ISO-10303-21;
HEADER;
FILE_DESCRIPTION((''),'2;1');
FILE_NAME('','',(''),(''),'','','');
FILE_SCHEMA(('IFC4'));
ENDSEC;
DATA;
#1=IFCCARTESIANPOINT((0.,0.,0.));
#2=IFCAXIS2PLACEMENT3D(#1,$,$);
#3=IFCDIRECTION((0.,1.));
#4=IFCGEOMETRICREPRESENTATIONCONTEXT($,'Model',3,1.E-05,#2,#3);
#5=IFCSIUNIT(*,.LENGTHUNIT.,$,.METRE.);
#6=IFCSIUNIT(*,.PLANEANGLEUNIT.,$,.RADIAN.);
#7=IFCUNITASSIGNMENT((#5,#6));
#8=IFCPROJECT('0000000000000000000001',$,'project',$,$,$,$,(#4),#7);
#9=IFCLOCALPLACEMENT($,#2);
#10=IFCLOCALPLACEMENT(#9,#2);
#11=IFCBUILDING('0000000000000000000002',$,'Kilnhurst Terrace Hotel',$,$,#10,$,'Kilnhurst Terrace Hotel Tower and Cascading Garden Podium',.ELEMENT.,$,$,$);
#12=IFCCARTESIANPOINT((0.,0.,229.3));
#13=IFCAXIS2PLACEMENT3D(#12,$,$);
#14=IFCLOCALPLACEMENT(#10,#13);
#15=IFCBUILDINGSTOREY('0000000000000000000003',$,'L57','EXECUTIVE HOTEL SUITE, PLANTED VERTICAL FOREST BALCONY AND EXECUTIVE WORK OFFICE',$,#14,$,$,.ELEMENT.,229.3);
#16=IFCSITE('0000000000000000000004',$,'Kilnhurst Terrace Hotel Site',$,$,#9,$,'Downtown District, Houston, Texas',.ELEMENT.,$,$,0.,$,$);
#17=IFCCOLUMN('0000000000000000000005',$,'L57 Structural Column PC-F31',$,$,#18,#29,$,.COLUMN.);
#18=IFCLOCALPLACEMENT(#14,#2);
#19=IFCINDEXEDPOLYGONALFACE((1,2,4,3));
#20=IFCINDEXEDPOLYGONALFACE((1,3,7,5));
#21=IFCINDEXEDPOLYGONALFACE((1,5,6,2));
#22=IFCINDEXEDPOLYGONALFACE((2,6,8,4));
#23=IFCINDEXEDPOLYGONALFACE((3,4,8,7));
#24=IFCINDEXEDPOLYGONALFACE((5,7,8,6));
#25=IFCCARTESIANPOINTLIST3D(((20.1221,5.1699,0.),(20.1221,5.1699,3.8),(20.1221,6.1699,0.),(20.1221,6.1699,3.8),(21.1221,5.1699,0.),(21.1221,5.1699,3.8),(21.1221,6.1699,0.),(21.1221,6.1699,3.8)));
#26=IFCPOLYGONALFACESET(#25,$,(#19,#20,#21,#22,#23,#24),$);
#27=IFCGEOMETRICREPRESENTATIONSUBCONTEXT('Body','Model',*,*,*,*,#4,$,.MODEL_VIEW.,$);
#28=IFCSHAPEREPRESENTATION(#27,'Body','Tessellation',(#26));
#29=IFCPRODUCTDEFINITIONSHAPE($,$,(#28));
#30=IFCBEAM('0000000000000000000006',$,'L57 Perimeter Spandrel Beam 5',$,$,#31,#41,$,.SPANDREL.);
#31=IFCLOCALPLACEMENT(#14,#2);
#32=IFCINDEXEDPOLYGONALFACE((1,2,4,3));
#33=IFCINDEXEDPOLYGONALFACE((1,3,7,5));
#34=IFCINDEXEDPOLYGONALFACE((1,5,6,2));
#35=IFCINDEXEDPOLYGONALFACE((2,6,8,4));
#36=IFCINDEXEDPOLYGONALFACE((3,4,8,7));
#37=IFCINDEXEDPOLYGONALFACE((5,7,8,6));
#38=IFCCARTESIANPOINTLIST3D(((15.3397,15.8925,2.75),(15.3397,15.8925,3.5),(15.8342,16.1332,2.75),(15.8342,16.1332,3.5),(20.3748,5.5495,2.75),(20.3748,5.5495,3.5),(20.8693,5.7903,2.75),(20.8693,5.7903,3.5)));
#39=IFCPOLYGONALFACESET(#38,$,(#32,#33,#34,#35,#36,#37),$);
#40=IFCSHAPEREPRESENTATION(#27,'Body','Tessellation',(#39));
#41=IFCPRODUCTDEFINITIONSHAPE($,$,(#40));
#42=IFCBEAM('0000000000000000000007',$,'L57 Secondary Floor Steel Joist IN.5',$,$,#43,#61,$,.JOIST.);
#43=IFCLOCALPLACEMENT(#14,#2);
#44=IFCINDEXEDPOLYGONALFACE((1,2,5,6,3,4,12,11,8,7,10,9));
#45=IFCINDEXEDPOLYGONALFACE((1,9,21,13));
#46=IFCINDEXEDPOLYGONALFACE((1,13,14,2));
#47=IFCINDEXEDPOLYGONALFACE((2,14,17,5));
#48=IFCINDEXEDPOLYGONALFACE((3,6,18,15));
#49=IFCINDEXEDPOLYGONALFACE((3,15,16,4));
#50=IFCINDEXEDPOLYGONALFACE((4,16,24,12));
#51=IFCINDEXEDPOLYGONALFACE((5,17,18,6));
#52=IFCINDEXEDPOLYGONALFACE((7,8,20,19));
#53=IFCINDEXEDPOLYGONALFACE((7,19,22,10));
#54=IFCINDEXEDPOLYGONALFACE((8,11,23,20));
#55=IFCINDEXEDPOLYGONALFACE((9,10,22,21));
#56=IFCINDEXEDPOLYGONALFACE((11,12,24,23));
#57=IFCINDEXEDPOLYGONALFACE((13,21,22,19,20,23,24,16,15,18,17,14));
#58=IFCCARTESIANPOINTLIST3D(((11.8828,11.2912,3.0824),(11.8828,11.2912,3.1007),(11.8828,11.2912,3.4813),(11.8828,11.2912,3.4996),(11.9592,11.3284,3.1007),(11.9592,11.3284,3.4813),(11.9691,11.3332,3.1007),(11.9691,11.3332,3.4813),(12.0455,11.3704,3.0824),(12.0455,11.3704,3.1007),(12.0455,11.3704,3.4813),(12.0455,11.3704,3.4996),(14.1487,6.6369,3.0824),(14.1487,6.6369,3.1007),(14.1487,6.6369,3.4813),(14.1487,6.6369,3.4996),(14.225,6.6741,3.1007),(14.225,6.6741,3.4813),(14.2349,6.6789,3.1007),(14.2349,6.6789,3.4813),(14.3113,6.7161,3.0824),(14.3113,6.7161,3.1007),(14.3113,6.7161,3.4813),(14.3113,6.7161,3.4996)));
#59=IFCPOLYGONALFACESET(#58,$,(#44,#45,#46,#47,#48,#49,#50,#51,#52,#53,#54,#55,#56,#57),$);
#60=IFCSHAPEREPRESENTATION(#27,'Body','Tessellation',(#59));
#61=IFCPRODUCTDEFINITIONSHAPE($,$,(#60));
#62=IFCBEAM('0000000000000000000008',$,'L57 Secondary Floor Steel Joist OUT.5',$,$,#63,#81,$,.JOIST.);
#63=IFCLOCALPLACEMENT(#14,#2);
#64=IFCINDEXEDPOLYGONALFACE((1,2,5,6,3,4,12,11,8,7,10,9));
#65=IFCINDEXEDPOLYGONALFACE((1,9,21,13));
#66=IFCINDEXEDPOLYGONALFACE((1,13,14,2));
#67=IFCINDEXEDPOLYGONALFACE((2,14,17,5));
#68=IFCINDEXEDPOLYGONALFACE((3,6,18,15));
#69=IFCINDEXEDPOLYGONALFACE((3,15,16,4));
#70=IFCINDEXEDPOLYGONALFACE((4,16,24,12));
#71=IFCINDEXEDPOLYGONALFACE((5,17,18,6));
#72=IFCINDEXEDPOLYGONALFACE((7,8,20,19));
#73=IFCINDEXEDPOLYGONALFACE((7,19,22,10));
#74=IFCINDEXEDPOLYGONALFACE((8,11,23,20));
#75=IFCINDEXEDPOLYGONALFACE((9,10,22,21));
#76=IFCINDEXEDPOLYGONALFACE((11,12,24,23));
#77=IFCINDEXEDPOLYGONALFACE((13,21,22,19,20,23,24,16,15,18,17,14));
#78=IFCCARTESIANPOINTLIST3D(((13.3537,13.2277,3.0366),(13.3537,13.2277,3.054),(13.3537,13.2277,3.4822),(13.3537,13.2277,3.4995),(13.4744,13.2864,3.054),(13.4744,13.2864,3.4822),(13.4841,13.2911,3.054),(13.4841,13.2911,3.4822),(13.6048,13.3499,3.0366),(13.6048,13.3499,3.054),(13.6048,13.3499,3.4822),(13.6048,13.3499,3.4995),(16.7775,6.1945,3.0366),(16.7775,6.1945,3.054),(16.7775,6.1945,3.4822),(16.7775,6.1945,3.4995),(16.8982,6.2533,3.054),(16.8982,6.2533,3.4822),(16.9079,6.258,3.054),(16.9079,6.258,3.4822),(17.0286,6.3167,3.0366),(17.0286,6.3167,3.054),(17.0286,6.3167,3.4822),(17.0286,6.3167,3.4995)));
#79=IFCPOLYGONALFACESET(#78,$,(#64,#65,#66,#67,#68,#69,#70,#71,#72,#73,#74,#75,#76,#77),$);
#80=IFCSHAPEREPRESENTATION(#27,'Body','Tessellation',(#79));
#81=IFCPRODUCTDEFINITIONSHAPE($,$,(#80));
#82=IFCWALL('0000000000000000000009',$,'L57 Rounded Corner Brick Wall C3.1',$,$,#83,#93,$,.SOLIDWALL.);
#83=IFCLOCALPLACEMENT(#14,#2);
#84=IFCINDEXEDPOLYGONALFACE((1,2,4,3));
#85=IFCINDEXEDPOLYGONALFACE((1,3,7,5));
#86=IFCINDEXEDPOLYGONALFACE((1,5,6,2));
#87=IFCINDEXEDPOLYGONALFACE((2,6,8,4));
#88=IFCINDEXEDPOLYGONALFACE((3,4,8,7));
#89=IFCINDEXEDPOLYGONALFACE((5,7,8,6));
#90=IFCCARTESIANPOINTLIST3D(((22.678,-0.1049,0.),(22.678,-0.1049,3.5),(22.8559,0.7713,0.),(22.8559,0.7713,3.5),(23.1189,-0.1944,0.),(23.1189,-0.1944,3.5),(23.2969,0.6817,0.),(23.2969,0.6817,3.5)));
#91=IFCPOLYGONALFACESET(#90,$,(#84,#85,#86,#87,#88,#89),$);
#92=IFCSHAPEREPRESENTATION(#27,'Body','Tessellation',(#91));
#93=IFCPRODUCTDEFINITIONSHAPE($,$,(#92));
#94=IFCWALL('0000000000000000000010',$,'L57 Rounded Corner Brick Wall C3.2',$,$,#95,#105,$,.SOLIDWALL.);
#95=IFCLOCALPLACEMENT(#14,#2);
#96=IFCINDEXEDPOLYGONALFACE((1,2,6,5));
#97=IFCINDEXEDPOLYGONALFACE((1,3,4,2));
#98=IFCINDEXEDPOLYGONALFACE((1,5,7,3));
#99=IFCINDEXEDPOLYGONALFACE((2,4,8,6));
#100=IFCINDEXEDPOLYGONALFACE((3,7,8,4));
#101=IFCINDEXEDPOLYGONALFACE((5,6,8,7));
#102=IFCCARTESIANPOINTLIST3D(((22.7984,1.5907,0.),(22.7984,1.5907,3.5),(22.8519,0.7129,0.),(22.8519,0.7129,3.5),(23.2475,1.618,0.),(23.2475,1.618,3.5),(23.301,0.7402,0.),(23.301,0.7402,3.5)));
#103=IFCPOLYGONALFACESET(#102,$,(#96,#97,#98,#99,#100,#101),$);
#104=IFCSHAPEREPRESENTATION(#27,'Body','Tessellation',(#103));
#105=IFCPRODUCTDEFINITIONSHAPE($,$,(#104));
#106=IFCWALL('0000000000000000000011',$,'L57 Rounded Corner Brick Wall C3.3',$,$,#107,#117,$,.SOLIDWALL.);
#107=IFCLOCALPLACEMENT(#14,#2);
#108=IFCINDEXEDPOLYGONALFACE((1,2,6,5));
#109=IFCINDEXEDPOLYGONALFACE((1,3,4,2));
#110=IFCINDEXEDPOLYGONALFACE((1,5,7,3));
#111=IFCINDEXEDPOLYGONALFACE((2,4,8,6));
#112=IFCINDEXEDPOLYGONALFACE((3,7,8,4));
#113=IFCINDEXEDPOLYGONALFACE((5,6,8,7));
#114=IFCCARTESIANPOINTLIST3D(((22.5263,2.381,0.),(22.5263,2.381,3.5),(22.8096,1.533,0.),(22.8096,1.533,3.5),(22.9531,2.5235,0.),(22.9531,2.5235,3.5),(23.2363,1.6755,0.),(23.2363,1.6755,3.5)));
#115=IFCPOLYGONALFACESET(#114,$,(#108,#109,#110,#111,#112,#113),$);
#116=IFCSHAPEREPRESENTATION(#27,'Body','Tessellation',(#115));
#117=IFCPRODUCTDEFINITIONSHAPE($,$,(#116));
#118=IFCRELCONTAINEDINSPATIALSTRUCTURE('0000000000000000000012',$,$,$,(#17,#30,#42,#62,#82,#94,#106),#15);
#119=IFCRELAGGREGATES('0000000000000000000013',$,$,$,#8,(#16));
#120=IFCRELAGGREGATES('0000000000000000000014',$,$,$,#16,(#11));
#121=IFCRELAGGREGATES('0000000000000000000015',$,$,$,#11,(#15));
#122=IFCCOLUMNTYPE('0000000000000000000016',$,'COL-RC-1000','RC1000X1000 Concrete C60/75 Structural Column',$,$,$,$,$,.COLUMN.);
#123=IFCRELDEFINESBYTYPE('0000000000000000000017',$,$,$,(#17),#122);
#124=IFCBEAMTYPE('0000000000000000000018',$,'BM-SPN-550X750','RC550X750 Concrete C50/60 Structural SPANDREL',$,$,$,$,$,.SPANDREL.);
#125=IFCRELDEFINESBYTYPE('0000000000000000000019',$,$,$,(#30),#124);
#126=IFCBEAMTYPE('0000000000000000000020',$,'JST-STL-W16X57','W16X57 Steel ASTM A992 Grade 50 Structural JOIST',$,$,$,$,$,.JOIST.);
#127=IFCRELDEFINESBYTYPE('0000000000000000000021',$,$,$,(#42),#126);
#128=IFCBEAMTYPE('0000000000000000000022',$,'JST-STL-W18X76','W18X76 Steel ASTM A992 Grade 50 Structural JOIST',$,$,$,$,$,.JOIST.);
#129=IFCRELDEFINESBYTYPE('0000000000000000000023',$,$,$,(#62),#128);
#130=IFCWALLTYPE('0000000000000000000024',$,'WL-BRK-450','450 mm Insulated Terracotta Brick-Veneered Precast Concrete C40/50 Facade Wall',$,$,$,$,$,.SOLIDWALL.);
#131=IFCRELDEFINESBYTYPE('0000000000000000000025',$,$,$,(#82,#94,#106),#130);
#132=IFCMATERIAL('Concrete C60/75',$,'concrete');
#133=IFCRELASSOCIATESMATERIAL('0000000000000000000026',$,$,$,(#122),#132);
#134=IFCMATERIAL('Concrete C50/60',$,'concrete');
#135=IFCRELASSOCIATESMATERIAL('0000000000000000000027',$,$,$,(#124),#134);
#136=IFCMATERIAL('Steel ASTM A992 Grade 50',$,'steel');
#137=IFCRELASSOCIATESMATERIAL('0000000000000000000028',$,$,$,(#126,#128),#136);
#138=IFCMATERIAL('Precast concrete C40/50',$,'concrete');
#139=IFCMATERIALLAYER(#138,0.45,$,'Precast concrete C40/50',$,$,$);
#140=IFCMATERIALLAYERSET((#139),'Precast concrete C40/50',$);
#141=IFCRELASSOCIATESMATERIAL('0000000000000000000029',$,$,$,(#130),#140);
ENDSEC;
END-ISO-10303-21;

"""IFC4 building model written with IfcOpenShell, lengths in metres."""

from ifc_helpers import new_model, si_unit, direction, frame, frame_2d, origin, origin_2d, place, context, subcontext, project, spatial, rectangle, i_section, extrude, material, layer, layer_set, material_profile, profile_set, type_object, element, save


model = new_model("IFC4")

# Units and contexts
model_context = context("Model", 3, precision=1e-05, world=origin(), true_north=direction((0.0, 1.0)))
body_context = subcontext(model_context, "Body", "Model", "MODEL_VIEW")
ifc_project = project(units=[si_unit("LENGTHUNIT", "METRE"), si_unit("PLANEANGLEUNIT", "RADIAN")], contexts=[model_context])

# Site, building, storey
site_placement = place(None, origin())
site = spatial("IfcSite", under=ifc_project, at=site_placement, Name="Kilnhurst Terrace Hotel Site", LongName="Downtown District, Houston, Texas", CompositionType="ELEMENT", RefElevation=0.0)
building_placement = place(site_placement, origin())
building = spatial("IfcBuilding", under=site, at=building_placement, Name="Kilnhurst Terrace Hotel", LongName="Kilnhurst Terrace Hotel Tower and Cascading Garden Podium", CompositionType="ELEMENT")
storey_placement = place(building_placement, frame((0.0, 0.0, 229.3)))
storey = spatial("IfcBuildingStorey", under=building, at=storey_placement, Name="L57", Description="EXECUTIVE HOTEL SUITE, PLANTED VERTICAL FOREST BALCONY AND EXECUTIVE WORK OFFICE", CompositionType="ELEMENT", Elevation=229.3)

# Column
ifc_material_1 = material(Name="Concrete C60/75", Category="concrete")
ifc_material_profile_1 = material_profile(ifc_material_1, rectangle(XDim=1.0, YDim=1.0, at=origin_2d()), Name="RC1000X1000")
ifc_profile_set_1 = profile_set([ifc_material_profile_1], Name="Concrete C60/75")
column_type = type_object("IfcColumnType", Name="COL-RC-1000", Description="RC1000X1000 Concrete C60/75 Structural Column", PredefinedType="COLUMN", material=ifc_profile_set_1)
column_placement = place(storey_placement, frame((20.6221, 5.6699, 0.0), z_axis=(0.0, 0.0, 1.0), x_axis=(1.0, 0.0, 0.0)))
element("IfcColumn", 1, at=column_placement, inside=storey, type_object=column_type, Name="L57 Structural Column PC-F31", PredefinedType="COLUMN", context=body_context, shape_type="SweptSolid", body=[
    extrude(rectangle(XDim=1.0, YDim=1.0, at=origin_2d()), origin(), (0.0, 0.0, 1.0), 3.8),
])

# Beams
ifc_material_2 = material(Name="Concrete C50/60", Category="concrete")
ifc_material_profile_2 = material_profile(ifc_material_2, rectangle(XDim=0.55, YDim=0.75, at=origin_2d()), Name="RC550X750")
ifc_profile_set_2 = profile_set([ifc_material_profile_2], Name="Concrete C50/60")
beam_type_1 = type_object("IfcBeamType", Name="BM-SPN-550X750", Description="RC550X750 Concrete C50/60 Structural SPANDREL", PredefinedType="SPANDREL", material=ifc_profile_set_2)
beam_1_placement = place(storey_placement, frame((20.6221, 5.6699, 3.125), z_axis=(-0.437706, 0.899118, 0.0), x_axis=(-0.899118, -0.437706, 0.0)))
element("IfcBeam", 2, at=beam_1_placement, inside=storey, type_object=beam_type_1, Name="L57 Perimeter Spandrel Beam 5", PredefinedType="SPANDREL", context=body_context, shape_type="SweptSolid", body=[
    extrude(rectangle(XDim=0.55, YDim=0.75, at=origin_2d()), origin(), (0.0, 0.0, 1.0), 11.5034),
])
ifc_material_3 = material(Name="Steel ASTM A992 Grade 50", Category="steel")
ifc_material_profile_3 = material_profile(ifc_material_3, i_section(OverallWidth=0.1809, OverallDepth=0.4172, WebThickness=0.011, FlangeThickness=0.0183, at=origin_2d()), Name="W16X57")
ifc_profile_set_3 = profile_set([ifc_material_profile_3], Name="Steel ASTM A992 Grade 50")
beam_type_2 = type_object("IfcBeamType", Name="JST-STL-W16X57", Description="W16X57 Steel ASTM A992 Grade 50 Structural JOIST", PredefinedType="JOIST", material=ifc_profile_set_3)
beam_2_placement = place(storey_placement, frame((14.23, 6.6765, 3.291), z_axis=(-0.437718, 0.899112, 0.0), x_axis=(-0.899112, -0.437718, 0.0)))
element("IfcBeam", 3, at=beam_2_placement, inside=storey, type_object=beam_type_2, Name="L57 Secondary Floor Steel Joist IN.5", PredefinedType="JOIST", context=body_context, shape_type="SweptSolid", body=[
    extrude(i_section(OverallWidth=0.1809, OverallDepth=0.4172, WebThickness=0.011, FlangeThickness=0.0183, at=origin_2d()), origin(), (0.0, 0.0, 1.0), 5.1765),
])
ifc_material_profile_4 = material_profile(ifc_material_3, i_section(OverallWidth=0.2793, OverallDepth=0.4629, WebThickness=0.0107, FlangeThickness=0.0173, at=origin_2d()), Name="W18X76")
ifc_profile_set_4 = profile_set([ifc_material_profile_4], Name="Steel ASTM A992 Grade 50")
beam_type_3 = type_object("IfcBeamType", Name="JST-STL-W18X76", Description="W18X76 Steel ASTM A992 Grade 50 Structural JOIST", PredefinedType="JOIST", material=ifc_profile_set_4)
beam_3_placement = place(storey_placement, frame((16.9031, 6.2556, 3.2681), z_axis=(-0.4377, 0.899121, 0.0), x_axis=(-0.899121, -0.4377, 0.0)))
element("IfcBeam", 4, at=beam_3_placement, inside=storey, type_object=beam_type_3, Name="L57 Secondary Floor Steel Joist OUT.5", PredefinedType="JOIST", context=body_context, shape_type="SweptSolid", body=[
    extrude(i_section(OverallWidth=0.2793, OverallDepth=0.4629, WebThickness=0.0107, FlangeThickness=0.0173, at=origin_2d()), origin(), (0.0, 0.0, 1.0), 7.8223),
])

# Walls
ifc_material_4 = material(Name="Precast concrete C40/50", Category="concrete")
ifc_layer_1 = layer(ifc_material_4, 0.45, Name="Precast concrete C40/50")
ifc_layer_set_1 = layer_set([ifc_layer_1], Name="Precast concrete C40/50")
wall_type_1 = type_object("IfcWallType", Name="WL-BRK-450", Description="450 mm Insulated Terracotta Brick-Veneered Precast Concrete C40/50 Facade Wall", PredefinedType="SOLIDWALL", material=ifc_layer_set_1)
wall_1_placement = place(storey_placement, frame((22.8984, -0.1497, 0.0), z_axis=(0.0, 0.0, 1.0), x_axis=(0.199056, 0.979988, 0.0)))
element("IfcWall", 5, at=wall_1_placement, inside=storey, type_object=wall_type_1, Name="L57 Rounded Corner Brick Wall C3.1", PredefinedType="SOLIDWALL", context=body_context, shape_type="SweptSolid", body=[
    extrude(rectangle(XDim=0.894, YDim=0.45, at=frame_2d((0.447, 0.0))), origin(), (0.0, 0.0, 1.0), 3.5),
])
wall_2_placement = place(storey_placement, frame((23.0764, 0.7266, 0.0), z_axis=(0.0, 0.0, 1.0), x_axis=(-0.060805, 0.99815, 0.0)))
element("IfcWall", 6, at=wall_2_placement, inside=storey, type_object=wall_type_1, Name="L57 Rounded Corner Brick Wall C3.2", PredefinedType="SOLIDWALL", context=body_context, shape_type="SweptSolid", body=[
    extrude(rectangle(XDim=0.8794, YDim=0.45, at=frame_2d((0.4397, 0.0))), origin(), (0.0, 0.0, 1.0), 3.5),
])
wall_3_placement = place(storey_placement, frame((23.0229, 1.6042, 0.0), z_axis=(0.0, 0.0, 1.0), x_axis=(-0.316801, 0.948492, 0.0)))
element("IfcWall", 7, at=wall_3_placement, inside=storey, type_object=wall_type_1, Name="L57 Rounded Corner Brick Wall C3.3", PredefinedType="SOLIDWALL", context=body_context, shape_type="SweptSolid", body=[
    extrude(rectangle(XDim=0.894, YDim=0.45, at=frame_2d((0.447, 0.0))), origin(), (0.0, 0.0, 1.0), 3.5),
])

save(model, "model.ifc")
